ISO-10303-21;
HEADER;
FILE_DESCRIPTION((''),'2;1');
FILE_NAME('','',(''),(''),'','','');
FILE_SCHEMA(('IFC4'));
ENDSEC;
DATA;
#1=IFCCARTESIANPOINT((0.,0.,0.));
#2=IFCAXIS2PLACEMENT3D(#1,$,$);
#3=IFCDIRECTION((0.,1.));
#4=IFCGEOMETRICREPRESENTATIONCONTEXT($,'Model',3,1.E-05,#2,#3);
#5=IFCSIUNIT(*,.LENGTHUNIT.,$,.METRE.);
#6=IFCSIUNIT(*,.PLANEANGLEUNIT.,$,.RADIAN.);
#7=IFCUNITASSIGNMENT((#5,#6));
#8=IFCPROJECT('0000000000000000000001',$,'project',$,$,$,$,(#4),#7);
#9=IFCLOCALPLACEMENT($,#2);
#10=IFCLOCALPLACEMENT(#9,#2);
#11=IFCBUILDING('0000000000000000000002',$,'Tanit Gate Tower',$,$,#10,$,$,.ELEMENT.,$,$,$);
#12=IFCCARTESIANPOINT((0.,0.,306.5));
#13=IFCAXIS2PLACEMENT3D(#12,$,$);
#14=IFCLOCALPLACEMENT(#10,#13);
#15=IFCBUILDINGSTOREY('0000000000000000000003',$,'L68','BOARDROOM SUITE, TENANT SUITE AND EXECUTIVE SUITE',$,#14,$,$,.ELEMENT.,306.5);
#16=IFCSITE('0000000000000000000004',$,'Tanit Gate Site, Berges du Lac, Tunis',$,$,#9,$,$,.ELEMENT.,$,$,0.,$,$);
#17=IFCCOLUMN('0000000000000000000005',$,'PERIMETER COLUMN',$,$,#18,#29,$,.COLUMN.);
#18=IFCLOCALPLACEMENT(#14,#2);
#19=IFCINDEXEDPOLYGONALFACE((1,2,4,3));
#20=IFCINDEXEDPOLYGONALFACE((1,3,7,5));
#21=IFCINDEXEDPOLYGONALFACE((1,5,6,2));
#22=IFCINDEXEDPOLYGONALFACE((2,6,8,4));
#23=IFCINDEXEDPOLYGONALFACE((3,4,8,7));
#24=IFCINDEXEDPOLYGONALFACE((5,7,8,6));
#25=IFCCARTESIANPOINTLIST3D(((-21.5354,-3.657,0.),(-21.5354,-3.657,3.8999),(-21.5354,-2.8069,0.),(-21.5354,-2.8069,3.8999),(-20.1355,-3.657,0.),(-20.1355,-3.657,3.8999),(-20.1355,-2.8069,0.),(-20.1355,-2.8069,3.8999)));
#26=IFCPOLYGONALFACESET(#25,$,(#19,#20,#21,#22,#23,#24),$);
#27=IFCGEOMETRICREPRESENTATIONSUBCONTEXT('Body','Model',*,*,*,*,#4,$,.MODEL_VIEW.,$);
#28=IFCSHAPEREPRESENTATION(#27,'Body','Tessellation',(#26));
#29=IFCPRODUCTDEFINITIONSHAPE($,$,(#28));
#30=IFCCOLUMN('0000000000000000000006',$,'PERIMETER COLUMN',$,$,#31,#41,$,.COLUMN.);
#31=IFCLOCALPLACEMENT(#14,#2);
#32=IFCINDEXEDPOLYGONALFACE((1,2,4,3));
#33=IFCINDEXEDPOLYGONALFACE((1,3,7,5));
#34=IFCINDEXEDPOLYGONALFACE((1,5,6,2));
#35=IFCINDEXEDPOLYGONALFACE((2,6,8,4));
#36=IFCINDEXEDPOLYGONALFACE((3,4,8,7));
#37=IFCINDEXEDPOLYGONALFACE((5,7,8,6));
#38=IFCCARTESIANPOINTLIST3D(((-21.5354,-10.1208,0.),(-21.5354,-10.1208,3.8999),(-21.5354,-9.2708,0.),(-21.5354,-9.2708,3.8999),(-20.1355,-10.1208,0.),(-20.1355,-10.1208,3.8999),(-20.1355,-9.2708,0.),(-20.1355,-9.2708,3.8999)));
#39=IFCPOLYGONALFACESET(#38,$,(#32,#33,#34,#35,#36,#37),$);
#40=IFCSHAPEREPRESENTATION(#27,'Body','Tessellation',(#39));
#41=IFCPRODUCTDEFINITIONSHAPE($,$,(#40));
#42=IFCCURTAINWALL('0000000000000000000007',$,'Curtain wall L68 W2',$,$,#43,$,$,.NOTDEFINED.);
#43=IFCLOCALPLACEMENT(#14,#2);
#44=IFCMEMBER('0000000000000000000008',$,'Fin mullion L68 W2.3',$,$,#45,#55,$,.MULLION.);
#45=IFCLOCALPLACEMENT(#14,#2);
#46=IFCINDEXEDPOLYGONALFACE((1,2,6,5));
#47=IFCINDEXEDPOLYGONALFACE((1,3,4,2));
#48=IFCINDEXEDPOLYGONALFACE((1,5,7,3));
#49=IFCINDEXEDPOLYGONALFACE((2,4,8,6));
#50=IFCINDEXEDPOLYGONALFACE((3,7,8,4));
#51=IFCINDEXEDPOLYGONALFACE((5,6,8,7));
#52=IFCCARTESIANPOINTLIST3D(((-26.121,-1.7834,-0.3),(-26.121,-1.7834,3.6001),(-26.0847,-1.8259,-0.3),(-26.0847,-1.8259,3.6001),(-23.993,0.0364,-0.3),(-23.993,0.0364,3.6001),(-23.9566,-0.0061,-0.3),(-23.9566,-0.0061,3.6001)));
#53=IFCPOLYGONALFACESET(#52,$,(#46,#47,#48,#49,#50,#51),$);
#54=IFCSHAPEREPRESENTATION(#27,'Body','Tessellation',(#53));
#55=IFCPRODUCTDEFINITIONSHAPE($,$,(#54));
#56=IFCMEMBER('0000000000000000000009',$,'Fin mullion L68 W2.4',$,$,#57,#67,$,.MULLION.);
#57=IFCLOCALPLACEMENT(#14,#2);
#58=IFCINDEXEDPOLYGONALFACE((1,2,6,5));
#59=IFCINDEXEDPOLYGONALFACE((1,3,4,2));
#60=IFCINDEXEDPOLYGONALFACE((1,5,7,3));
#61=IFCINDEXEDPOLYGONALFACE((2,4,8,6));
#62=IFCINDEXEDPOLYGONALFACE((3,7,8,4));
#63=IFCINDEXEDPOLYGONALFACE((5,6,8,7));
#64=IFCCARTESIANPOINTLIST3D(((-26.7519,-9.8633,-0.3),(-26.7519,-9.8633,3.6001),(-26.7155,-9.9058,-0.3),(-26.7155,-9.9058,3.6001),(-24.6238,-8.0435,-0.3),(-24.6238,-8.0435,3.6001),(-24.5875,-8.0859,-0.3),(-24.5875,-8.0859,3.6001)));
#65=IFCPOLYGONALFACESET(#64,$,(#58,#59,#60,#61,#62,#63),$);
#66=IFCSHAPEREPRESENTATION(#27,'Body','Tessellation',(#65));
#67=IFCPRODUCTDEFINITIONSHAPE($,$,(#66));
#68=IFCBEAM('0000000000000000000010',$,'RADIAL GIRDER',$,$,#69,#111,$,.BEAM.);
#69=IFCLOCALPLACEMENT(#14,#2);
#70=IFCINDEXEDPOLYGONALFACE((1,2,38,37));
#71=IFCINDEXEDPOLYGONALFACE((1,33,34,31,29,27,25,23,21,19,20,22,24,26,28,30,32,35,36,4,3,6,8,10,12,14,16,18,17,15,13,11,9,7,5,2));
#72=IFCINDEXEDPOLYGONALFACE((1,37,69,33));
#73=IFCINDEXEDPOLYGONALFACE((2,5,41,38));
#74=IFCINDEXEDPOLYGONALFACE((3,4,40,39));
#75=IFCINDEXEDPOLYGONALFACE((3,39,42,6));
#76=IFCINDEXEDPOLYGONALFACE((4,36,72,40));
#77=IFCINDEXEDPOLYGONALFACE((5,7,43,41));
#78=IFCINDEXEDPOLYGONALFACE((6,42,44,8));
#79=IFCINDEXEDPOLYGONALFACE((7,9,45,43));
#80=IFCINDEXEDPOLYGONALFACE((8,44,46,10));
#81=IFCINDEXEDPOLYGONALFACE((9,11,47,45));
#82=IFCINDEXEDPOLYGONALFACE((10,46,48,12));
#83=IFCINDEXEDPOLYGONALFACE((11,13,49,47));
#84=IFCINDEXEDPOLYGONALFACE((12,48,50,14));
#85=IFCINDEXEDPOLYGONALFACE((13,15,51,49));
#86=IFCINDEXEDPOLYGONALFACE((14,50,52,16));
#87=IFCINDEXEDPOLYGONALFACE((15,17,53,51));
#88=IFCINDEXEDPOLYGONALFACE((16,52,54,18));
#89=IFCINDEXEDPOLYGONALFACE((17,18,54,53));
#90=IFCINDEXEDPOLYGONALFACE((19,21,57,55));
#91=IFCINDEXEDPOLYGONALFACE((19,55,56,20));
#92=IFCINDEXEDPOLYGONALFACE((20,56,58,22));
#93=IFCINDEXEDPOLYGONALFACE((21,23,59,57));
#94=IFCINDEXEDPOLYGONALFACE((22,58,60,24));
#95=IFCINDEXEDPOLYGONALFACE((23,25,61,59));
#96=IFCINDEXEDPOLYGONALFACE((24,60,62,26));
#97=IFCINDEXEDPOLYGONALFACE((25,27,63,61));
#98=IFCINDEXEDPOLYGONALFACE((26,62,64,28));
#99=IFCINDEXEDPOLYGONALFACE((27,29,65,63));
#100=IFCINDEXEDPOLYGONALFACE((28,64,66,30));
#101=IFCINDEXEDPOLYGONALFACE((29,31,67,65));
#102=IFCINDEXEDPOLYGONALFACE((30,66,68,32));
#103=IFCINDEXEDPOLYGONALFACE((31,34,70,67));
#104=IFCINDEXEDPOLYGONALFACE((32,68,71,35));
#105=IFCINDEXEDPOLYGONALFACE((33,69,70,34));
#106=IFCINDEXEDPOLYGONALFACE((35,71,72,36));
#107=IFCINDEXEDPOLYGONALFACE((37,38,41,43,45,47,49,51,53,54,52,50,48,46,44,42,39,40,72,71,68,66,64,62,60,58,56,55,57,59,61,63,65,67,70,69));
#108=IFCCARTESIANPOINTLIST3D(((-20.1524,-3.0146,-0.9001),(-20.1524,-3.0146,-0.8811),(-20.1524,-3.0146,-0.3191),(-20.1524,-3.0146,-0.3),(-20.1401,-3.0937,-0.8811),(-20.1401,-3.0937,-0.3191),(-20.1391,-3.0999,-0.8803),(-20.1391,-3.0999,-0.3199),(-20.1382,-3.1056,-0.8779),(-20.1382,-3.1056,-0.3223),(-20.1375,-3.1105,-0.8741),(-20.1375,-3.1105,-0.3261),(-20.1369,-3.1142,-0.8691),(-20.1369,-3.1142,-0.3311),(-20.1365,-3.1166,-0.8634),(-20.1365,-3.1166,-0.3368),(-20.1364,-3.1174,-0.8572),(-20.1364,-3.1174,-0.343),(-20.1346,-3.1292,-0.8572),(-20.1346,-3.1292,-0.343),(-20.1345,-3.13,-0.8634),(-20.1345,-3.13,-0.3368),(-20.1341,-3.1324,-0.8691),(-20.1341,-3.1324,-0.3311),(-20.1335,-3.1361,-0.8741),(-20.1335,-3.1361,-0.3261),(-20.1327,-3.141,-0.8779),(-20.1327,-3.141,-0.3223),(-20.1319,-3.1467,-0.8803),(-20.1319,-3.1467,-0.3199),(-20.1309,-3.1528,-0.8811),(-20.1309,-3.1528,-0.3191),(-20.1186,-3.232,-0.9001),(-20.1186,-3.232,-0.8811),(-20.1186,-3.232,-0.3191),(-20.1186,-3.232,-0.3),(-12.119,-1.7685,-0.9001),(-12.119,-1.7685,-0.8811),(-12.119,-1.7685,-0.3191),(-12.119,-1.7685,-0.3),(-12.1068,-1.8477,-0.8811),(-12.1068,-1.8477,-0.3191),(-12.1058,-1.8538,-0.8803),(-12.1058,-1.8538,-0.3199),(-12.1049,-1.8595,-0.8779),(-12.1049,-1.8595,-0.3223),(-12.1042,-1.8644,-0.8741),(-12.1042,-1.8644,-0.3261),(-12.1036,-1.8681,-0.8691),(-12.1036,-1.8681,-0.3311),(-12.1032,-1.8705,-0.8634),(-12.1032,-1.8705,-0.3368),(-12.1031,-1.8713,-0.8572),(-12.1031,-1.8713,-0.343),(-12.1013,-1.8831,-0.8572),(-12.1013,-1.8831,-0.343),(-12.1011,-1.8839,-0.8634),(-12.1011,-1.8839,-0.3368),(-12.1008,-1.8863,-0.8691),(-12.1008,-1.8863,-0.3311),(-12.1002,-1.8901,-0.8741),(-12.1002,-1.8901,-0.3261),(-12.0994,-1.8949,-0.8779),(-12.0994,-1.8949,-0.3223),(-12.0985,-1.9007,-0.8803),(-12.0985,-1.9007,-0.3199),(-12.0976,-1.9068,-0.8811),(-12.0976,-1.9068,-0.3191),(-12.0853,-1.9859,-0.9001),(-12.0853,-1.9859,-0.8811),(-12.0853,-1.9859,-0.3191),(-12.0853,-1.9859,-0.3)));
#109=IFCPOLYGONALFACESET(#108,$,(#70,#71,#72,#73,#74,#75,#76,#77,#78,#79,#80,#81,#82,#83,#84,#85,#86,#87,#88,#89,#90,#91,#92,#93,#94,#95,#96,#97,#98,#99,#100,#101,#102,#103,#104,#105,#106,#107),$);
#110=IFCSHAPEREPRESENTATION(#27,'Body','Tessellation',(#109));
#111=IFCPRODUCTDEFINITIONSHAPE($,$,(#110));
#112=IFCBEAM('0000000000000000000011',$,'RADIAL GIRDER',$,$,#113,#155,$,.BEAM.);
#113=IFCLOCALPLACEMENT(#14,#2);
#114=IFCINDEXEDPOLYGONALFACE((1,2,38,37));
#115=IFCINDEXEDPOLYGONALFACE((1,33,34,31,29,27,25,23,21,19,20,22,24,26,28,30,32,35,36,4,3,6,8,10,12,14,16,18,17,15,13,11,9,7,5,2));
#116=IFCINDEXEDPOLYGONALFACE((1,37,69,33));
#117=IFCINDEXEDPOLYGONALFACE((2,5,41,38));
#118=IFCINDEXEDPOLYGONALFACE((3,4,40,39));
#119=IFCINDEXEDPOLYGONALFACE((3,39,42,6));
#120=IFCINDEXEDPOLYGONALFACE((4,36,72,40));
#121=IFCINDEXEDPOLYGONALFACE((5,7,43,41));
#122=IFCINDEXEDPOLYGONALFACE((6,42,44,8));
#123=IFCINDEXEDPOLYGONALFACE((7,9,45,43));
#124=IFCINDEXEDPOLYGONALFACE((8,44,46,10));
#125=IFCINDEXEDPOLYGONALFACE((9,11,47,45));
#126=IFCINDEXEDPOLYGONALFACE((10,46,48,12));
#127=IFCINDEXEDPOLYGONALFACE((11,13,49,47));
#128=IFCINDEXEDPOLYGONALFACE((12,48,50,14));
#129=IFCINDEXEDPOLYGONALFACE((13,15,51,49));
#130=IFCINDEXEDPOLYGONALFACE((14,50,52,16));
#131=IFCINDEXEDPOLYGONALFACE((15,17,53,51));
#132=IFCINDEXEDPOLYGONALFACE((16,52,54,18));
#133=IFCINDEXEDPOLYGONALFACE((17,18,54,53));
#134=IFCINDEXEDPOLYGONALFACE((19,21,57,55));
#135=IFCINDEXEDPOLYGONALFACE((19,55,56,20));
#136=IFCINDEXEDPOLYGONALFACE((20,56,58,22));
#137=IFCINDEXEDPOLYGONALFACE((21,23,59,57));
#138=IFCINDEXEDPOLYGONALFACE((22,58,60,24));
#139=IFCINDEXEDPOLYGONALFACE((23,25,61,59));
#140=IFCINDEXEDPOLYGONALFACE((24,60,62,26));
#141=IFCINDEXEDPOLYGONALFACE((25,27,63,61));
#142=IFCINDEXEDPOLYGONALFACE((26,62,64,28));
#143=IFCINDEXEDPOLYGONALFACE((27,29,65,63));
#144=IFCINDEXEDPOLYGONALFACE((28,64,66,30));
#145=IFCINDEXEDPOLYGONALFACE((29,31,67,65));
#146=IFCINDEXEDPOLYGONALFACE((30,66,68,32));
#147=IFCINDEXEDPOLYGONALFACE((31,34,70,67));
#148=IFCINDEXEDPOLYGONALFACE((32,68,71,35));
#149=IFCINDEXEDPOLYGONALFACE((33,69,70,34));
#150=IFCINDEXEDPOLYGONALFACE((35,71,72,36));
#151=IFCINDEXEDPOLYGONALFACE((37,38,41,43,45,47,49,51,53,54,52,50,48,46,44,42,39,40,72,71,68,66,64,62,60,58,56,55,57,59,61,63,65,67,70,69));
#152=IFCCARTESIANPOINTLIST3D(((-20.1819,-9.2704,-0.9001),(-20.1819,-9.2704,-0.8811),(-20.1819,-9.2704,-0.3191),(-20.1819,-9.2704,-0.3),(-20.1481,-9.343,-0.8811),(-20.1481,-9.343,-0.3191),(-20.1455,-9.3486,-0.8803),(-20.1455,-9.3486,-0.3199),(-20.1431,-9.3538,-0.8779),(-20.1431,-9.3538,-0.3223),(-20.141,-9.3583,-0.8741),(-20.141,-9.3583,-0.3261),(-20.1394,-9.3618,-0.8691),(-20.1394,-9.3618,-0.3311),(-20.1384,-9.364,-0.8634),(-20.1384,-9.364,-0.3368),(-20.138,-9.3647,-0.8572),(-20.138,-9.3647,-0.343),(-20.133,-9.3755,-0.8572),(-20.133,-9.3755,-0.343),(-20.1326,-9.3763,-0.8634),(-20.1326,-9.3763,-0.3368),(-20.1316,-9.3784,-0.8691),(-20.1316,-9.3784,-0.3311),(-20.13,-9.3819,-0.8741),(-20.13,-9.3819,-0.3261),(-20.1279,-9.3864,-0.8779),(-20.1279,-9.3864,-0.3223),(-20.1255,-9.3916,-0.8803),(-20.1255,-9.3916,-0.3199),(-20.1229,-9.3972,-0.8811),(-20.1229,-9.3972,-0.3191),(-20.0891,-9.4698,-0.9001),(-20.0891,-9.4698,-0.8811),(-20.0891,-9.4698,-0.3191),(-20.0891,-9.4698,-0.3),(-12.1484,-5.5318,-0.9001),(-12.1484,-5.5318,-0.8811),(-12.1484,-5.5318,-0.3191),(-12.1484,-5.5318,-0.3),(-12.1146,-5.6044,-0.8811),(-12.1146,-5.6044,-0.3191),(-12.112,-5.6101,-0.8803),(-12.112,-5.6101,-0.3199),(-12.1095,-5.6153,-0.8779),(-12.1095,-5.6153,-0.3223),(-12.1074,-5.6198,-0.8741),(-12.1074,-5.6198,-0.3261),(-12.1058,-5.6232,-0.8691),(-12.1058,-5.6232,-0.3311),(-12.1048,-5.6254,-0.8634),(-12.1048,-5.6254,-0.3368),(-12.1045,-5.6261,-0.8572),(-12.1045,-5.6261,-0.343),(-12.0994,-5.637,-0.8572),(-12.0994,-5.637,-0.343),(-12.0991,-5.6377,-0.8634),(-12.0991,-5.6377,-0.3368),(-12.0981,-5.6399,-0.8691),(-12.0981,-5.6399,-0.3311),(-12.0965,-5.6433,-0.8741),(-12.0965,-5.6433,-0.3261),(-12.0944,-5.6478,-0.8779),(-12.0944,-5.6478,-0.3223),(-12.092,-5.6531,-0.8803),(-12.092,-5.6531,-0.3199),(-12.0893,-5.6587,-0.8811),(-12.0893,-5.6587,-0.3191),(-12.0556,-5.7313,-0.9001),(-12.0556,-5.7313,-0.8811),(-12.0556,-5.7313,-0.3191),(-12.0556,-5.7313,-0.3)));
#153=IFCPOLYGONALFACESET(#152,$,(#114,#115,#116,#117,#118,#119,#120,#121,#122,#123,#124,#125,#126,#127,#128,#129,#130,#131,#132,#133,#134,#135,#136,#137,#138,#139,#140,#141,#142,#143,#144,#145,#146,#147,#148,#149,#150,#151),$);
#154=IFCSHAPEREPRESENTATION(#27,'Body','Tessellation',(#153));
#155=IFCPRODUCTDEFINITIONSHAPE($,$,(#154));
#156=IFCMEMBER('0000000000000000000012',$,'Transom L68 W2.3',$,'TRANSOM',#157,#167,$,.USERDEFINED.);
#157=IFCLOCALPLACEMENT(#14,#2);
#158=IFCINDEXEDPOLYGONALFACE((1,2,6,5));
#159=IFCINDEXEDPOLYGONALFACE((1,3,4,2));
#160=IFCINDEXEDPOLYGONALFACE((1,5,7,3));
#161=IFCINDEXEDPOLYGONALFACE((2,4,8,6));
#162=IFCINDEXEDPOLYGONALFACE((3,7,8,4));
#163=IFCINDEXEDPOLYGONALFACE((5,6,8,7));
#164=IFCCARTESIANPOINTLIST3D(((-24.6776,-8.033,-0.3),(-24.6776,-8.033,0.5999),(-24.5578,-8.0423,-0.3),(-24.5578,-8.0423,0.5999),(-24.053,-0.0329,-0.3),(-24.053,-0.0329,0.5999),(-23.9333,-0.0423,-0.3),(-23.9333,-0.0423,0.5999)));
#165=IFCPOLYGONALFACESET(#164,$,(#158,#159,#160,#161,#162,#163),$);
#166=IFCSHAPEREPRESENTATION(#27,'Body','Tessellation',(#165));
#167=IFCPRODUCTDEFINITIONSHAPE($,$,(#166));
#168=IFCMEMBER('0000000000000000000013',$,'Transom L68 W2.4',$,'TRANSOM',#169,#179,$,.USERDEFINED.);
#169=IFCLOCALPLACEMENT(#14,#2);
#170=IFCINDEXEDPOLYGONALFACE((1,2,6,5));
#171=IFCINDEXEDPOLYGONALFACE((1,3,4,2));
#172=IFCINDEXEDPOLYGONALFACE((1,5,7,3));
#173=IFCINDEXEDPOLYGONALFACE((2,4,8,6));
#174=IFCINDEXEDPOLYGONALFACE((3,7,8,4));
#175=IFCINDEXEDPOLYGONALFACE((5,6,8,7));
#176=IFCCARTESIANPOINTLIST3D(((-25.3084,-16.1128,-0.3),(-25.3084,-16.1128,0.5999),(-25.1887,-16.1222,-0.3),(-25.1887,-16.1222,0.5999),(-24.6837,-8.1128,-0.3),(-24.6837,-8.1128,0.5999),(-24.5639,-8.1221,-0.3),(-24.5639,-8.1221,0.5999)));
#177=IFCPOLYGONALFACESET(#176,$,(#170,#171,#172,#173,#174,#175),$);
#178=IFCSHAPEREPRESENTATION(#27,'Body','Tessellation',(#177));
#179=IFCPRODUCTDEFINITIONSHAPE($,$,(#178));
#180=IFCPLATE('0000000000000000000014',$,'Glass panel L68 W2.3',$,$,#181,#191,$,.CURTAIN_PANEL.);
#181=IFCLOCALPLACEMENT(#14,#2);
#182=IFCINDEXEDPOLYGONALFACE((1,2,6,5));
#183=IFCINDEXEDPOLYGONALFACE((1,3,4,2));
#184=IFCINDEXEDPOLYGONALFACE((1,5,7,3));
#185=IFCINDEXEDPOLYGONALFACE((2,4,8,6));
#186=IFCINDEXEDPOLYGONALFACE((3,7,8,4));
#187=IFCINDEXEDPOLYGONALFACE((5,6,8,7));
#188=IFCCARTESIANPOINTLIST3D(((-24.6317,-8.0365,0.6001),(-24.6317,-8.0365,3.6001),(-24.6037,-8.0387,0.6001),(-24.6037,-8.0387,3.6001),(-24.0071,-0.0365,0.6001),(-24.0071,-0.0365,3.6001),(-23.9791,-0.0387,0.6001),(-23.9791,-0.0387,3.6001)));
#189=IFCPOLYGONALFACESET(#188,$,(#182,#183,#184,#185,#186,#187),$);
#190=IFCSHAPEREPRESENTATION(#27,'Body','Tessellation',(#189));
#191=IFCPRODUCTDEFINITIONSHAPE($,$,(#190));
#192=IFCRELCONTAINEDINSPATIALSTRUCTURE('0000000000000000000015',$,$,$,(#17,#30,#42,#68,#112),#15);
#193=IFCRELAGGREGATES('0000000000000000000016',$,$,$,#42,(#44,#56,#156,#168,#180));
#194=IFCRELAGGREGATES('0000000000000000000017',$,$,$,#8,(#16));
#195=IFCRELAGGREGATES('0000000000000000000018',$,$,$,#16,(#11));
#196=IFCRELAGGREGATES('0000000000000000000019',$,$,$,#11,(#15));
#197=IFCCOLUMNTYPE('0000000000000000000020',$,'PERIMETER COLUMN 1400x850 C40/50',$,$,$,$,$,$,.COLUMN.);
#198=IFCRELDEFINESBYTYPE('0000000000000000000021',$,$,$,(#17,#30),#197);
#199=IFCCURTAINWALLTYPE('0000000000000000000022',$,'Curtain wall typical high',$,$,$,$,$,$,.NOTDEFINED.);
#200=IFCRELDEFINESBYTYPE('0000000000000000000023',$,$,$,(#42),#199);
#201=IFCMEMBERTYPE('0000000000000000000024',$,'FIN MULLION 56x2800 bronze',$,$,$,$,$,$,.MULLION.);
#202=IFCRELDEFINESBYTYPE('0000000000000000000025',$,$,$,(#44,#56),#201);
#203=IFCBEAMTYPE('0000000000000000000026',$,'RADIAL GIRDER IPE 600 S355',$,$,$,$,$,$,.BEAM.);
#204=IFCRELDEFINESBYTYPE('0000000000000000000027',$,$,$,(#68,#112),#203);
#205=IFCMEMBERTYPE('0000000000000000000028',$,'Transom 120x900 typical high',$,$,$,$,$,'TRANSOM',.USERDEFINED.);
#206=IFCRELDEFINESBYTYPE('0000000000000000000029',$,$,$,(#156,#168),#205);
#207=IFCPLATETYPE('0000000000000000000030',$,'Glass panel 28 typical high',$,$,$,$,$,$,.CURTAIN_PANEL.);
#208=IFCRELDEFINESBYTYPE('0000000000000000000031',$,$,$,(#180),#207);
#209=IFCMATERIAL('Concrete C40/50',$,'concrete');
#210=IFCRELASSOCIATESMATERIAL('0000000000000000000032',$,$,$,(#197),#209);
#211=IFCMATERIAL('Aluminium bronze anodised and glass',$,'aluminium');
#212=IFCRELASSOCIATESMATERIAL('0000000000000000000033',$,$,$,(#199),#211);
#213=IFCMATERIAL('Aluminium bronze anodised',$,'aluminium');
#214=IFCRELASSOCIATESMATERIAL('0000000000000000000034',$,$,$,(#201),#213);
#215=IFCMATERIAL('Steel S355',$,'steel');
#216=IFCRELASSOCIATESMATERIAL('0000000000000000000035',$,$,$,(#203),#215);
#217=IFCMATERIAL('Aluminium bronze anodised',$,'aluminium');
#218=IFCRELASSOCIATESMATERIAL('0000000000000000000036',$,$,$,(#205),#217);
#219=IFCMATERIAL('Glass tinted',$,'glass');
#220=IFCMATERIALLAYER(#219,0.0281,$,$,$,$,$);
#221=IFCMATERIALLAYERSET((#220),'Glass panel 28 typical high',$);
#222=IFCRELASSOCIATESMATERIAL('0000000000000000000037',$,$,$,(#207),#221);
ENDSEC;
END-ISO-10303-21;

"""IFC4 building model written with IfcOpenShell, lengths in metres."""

from ifc_helpers import new_model, si_unit, direction, frame, origin, origin_2d, place, context, subcontext, project, spatial, rectangle, i_section, extrude, material, layer, layer_set, material_profile, profile_set, type_object, element, aggregate, save


model = new_model("IFC4")

# Units and contexts
model_context = context("Model", 3, precision=1e-05, world=origin(), true_north=direction((0.0, 1.0)))
body_context = subcontext(model_context, "Body", "Model", "MODEL_VIEW")
ifc_project = project(units=[si_unit("LENGTHUNIT", "METRE"), si_unit("PLANEANGLEUNIT", "RADIAN")], contexts=[model_context])

# Site, building, storey
site_placement = place(None, origin())
site = spatial("IfcSite", under=ifc_project, at=site_placement, Name="Tanit Gate Site, Berges du Lac, Tunis", CompositionType="ELEMENT", RefElevation=0.0)
building_placement = place(site_placement, origin())
building = spatial("IfcBuilding", under=site, at=building_placement, Name="Tanit Gate Tower", CompositionType="ELEMENT")
storey_placement = place(building_placement, frame((0.0, 0.0, 306.5)))
storey = spatial("IfcBuildingStorey", under=building, at=storey_placement, Name="L68", Description="BOARDROOM SUITE, TENANT SUITE AND EXECUTIVE SUITE", CompositionType="ELEMENT", Elevation=306.5)

# Columns
ifc_material_1 = material(Name="Concrete C40/50", Category="concrete")
ifc_material_profile_1 = material_profile(ifc_material_1, rectangle(XDim=1.3999, YDim=0.8501, at=origin_2d()), Name="RC 1400x850")
ifc_profile_set_1 = profile_set([ifc_material_profile_1], Name="Concrete C40/50")
column_type = type_object("IfcColumnType", Name="PERIMETER COLUMN 1400x850 C40/50", PredefinedType="COLUMN", material=ifc_profile_set_1)
for number, where, z_axis, x_axis, name in (
    (1, (-20.8354, -3.2319, 0.0), (0.0, 0.0, 1.0), (-1.0, 0.0, 0.0), "PERIMETER COLUMN"),
    (2, (-20.8354, -9.6958, 0.0), (0.0, 0.0, 1.0), (-1.0, 0.0, 0.0), "PERIMETER COLUMN"),
):
    element("IfcColumn", number, at=place(storey_placement, frame(where, z_axis=z_axis, x_axis=x_axis)), inside=storey, type_object=column_type, Name=name, PredefinedType="COLUMN", context=body_context, shape_type="SweptSolid", body=[
        extrude(rectangle(XDim=1.3999, YDim=0.8501, at=origin_2d()), origin(), (0.0, 0.0, 1.0), 3.8999),
    ])

# Curtain wall, members
ifc_material_2 = material(Name="Aluminium bronze anodised and glass", Category="aluminium")
curtain_wall_type = type_object("IfcCurtainWallType", Name="Curtain wall typical high", PredefinedType="NOTDEFINED", material=ifc_material_2)
curtain_wall_placement = place(storey_placement, origin())
curtain_wall = element("IfcCurtainWall", 3, at=curtain_wall_placement, inside=storey, type_object=curtain_wall_type, Name="Curtain wall L68 W2", PredefinedType="NOTDEFINED")
ifc_material_3 = material(Name="Aluminium bronze anodised", Category="aluminium")
ifc_material_profile_2 = material_profile(ifc_material_3, rectangle(XDim=2.8, YDim=0.0559, at=origin_2d()), Name="56x2800 bronze fin mullion")
ifc_profile_set_2 = profile_set([ifc_material_profile_2], Name="Aluminium bronze anodised")
member_type_1 = type_object("IfcMemberType", Name="FIN MULLION 56x2800 bronze", PredefinedType="MULLION", material=ifc_profile_set_2)
member_1_placement = place(storey_placement, frame((-25.0388, -0.8948, -0.3), z_axis=(0.0, 0.0, 1.0), x_axis=(0.760002, 0.649921, 0.0)))
member_1 = element("IfcMember", 4, at=member_1_placement, type_object=member_type_1, Name="Fin mullion L68 W2.3", PredefinedType="MULLION", context=body_context, shape_type="SweptSolid", body=[
    extrude(rectangle(XDim=2.8, YDim=0.0559, at=origin_2d()), origin(), (0.0, 0.0, 1.0), 3.9001),
])
member_2_placement = place(storey_placement, frame((-25.6697, -8.9746, -0.3), z_axis=(0.0, 0.0, 1.0), x_axis=(0.760002, 0.649921, 0.0)))
member_2 = element("IfcMember", 5, at=member_2_placement, type_object=member_type_1, Name="Fin mullion L68 W2.4", PredefinedType="MULLION", context=body_context, shape_type="SweptSolid", body=[
    extrude(rectangle(XDim=2.8, YDim=0.0559, at=origin_2d()), origin(), (0.0, 0.0, 1.0), 3.9001),
])

# Beams
ifc_material_4 = material(Name="Steel S355", Category="steel")
ifc_material_profile_3 = material_profile(ifc_material_4, i_section(OverallWidth=0.22, OverallDepth=0.6001, WebThickness=0.012, FlangeThickness=0.019, FilletRadius=0.0239, at=origin_2d()), Name="IPE 600")
ifc_profile_set_3 = profile_set([ifc_material_profile_3], Name="Steel S355")
beam_type = type_object("IfcBeamType", Name="RADIAL GIRDER IPE 600 S355", PredefinedType="BEAM", material=ifc_profile_set_3)
beam_1_placement = place(storey_placement, frame((-20.1355, -3.1233, -0.6001), z_axis=(0.988183, 0.15328, 0.0), x_axis=(-0.15328, 0.988183, 0.0)))
element("IfcBeam", 6, at=beam_1_placement, inside=storey, type_object=beam_type, Name="RADIAL GIRDER", PredefinedType="BEAM", context=body_context, shape_type="SweptSolid", body=[
    extrude(i_section(OverallWidth=0.22, OverallDepth=0.6001, WebThickness=0.012, FlangeThickness=0.019, FilletRadius=0.0239, at=origin_2d()), origin(), (0.0, 0.0, 1.0), 8.1294),
])
beam_2_placement = place(storey_placement, frame((-20.1355, -9.3701, -0.6001), z_axis=(0.906633, 0.42192, 0.0), x_axis=(-0.42192, 0.906633, 0.0)))
element("IfcBeam", 7, at=beam_2_placement, inside=storey, type_object=beam_type, Name="RADIAL GIRDER", PredefinedType="BEAM", context=body_context, shape_type="SweptSolid", body=[
    extrude(i_section(OverallWidth=0.22, OverallDepth=0.6001, WebThickness=0.012, FlangeThickness=0.019, FilletRadius=0.0239, at=origin_2d()), origin(), (0.0, 0.0, 1.0), 8.8608),
])

# Members
ifc_material_5 = material(Name="Aluminium bronze anodised", Category="aluminium")
ifc_material_profile_4 = material_profile(ifc_material_5, rectangle(XDim=0.1201, YDim=0.8999, at=origin_2d()), Name="120x900 bronze transom")
ifc_profile_set_4 = profile_set([ifc_material_profile_4], Name="Aluminium bronze anodised")
member_type_2 = type_object("IfcMemberType", Name="Transom 120x900 typical high", ElementType="TRANSOM", PredefinedType="USERDEFINED", material=ifc_profile_set_4)
member_3_placement = place(storey_placement, frame((-23.9932, -0.0376, 0.1499), z_axis=(-0.077827, -0.996967, 0.0), x_axis=(0.996967, -0.077827, 0.0)))
member_3 = element("IfcMember", 8, at=member_3_placement, type_object=member_type_2, Name="Transom L68 W2.3", ObjectType="TRANSOM", PredefinedType="USERDEFINED", context=body_context, shape_type="SweptSolid", body=[
    extrude(rectangle(XDim=0.1201, YDim=0.8999, at=origin_2d()), origin(), (0.0, 0.0, 1.0), 8.0244),
])
member_4_placement = place(storey_placement, frame((-24.6238, -8.1174, 0.1499), z_axis=(-0.077857, -0.996965, 0.0), x_axis=(0.996965, -0.077857, 0.0)))
member_4 = element("IfcMember", 9, at=member_4_placement, type_object=member_type_2, Name="Transom L68 W2.4", ObjectType="TRANSOM", PredefinedType="USERDEFINED", context=body_context, shape_type="SweptSolid", body=[
    extrude(rectangle(XDim=0.1201, YDim=0.8999, at=origin_2d()), origin(), (0.0, 0.0, 1.0), 8.0244),
])

# Plate
ifc_material_6 = material(Name="Glass tinted", Category="glass")
ifc_layer_1 = layer(ifc_material_6, 0.0281)
ifc_layer_set_1 = layer_set([ifc_layer_1], Name="Glass panel 28 typical high")
plate_type = type_object("IfcPlateType", Name="Glass panel 28 typical high", PredefinedType="CURTAIN_PANEL", material=ifc_layer_set_1)
plate_1_placement = place(storey_placement, frame((-24.3054, -4.0376, 0.6001), z_axis=(0.0, 0.0, 1.0), x_axis=(-0.077839, -0.996966, 0.0)))
plate_1 = element("IfcPlate", 10, at=plate_1_placement, type_object=plate_type, Name="Glass panel L68 W2.3", PredefinedType="CURTAIN_PANEL", context=body_context, shape_type="SweptSolid", body=[
    extrude(rectangle(XDim=8.0244, YDim=0.0281, at=origin_2d()), origin(), (0.0, 0.0, 1.0), 3.0),
])
aggregate(curtain_wall, [member_1, member_2, member_3, member_4, plate_1])

save(model, "model.ifc")
